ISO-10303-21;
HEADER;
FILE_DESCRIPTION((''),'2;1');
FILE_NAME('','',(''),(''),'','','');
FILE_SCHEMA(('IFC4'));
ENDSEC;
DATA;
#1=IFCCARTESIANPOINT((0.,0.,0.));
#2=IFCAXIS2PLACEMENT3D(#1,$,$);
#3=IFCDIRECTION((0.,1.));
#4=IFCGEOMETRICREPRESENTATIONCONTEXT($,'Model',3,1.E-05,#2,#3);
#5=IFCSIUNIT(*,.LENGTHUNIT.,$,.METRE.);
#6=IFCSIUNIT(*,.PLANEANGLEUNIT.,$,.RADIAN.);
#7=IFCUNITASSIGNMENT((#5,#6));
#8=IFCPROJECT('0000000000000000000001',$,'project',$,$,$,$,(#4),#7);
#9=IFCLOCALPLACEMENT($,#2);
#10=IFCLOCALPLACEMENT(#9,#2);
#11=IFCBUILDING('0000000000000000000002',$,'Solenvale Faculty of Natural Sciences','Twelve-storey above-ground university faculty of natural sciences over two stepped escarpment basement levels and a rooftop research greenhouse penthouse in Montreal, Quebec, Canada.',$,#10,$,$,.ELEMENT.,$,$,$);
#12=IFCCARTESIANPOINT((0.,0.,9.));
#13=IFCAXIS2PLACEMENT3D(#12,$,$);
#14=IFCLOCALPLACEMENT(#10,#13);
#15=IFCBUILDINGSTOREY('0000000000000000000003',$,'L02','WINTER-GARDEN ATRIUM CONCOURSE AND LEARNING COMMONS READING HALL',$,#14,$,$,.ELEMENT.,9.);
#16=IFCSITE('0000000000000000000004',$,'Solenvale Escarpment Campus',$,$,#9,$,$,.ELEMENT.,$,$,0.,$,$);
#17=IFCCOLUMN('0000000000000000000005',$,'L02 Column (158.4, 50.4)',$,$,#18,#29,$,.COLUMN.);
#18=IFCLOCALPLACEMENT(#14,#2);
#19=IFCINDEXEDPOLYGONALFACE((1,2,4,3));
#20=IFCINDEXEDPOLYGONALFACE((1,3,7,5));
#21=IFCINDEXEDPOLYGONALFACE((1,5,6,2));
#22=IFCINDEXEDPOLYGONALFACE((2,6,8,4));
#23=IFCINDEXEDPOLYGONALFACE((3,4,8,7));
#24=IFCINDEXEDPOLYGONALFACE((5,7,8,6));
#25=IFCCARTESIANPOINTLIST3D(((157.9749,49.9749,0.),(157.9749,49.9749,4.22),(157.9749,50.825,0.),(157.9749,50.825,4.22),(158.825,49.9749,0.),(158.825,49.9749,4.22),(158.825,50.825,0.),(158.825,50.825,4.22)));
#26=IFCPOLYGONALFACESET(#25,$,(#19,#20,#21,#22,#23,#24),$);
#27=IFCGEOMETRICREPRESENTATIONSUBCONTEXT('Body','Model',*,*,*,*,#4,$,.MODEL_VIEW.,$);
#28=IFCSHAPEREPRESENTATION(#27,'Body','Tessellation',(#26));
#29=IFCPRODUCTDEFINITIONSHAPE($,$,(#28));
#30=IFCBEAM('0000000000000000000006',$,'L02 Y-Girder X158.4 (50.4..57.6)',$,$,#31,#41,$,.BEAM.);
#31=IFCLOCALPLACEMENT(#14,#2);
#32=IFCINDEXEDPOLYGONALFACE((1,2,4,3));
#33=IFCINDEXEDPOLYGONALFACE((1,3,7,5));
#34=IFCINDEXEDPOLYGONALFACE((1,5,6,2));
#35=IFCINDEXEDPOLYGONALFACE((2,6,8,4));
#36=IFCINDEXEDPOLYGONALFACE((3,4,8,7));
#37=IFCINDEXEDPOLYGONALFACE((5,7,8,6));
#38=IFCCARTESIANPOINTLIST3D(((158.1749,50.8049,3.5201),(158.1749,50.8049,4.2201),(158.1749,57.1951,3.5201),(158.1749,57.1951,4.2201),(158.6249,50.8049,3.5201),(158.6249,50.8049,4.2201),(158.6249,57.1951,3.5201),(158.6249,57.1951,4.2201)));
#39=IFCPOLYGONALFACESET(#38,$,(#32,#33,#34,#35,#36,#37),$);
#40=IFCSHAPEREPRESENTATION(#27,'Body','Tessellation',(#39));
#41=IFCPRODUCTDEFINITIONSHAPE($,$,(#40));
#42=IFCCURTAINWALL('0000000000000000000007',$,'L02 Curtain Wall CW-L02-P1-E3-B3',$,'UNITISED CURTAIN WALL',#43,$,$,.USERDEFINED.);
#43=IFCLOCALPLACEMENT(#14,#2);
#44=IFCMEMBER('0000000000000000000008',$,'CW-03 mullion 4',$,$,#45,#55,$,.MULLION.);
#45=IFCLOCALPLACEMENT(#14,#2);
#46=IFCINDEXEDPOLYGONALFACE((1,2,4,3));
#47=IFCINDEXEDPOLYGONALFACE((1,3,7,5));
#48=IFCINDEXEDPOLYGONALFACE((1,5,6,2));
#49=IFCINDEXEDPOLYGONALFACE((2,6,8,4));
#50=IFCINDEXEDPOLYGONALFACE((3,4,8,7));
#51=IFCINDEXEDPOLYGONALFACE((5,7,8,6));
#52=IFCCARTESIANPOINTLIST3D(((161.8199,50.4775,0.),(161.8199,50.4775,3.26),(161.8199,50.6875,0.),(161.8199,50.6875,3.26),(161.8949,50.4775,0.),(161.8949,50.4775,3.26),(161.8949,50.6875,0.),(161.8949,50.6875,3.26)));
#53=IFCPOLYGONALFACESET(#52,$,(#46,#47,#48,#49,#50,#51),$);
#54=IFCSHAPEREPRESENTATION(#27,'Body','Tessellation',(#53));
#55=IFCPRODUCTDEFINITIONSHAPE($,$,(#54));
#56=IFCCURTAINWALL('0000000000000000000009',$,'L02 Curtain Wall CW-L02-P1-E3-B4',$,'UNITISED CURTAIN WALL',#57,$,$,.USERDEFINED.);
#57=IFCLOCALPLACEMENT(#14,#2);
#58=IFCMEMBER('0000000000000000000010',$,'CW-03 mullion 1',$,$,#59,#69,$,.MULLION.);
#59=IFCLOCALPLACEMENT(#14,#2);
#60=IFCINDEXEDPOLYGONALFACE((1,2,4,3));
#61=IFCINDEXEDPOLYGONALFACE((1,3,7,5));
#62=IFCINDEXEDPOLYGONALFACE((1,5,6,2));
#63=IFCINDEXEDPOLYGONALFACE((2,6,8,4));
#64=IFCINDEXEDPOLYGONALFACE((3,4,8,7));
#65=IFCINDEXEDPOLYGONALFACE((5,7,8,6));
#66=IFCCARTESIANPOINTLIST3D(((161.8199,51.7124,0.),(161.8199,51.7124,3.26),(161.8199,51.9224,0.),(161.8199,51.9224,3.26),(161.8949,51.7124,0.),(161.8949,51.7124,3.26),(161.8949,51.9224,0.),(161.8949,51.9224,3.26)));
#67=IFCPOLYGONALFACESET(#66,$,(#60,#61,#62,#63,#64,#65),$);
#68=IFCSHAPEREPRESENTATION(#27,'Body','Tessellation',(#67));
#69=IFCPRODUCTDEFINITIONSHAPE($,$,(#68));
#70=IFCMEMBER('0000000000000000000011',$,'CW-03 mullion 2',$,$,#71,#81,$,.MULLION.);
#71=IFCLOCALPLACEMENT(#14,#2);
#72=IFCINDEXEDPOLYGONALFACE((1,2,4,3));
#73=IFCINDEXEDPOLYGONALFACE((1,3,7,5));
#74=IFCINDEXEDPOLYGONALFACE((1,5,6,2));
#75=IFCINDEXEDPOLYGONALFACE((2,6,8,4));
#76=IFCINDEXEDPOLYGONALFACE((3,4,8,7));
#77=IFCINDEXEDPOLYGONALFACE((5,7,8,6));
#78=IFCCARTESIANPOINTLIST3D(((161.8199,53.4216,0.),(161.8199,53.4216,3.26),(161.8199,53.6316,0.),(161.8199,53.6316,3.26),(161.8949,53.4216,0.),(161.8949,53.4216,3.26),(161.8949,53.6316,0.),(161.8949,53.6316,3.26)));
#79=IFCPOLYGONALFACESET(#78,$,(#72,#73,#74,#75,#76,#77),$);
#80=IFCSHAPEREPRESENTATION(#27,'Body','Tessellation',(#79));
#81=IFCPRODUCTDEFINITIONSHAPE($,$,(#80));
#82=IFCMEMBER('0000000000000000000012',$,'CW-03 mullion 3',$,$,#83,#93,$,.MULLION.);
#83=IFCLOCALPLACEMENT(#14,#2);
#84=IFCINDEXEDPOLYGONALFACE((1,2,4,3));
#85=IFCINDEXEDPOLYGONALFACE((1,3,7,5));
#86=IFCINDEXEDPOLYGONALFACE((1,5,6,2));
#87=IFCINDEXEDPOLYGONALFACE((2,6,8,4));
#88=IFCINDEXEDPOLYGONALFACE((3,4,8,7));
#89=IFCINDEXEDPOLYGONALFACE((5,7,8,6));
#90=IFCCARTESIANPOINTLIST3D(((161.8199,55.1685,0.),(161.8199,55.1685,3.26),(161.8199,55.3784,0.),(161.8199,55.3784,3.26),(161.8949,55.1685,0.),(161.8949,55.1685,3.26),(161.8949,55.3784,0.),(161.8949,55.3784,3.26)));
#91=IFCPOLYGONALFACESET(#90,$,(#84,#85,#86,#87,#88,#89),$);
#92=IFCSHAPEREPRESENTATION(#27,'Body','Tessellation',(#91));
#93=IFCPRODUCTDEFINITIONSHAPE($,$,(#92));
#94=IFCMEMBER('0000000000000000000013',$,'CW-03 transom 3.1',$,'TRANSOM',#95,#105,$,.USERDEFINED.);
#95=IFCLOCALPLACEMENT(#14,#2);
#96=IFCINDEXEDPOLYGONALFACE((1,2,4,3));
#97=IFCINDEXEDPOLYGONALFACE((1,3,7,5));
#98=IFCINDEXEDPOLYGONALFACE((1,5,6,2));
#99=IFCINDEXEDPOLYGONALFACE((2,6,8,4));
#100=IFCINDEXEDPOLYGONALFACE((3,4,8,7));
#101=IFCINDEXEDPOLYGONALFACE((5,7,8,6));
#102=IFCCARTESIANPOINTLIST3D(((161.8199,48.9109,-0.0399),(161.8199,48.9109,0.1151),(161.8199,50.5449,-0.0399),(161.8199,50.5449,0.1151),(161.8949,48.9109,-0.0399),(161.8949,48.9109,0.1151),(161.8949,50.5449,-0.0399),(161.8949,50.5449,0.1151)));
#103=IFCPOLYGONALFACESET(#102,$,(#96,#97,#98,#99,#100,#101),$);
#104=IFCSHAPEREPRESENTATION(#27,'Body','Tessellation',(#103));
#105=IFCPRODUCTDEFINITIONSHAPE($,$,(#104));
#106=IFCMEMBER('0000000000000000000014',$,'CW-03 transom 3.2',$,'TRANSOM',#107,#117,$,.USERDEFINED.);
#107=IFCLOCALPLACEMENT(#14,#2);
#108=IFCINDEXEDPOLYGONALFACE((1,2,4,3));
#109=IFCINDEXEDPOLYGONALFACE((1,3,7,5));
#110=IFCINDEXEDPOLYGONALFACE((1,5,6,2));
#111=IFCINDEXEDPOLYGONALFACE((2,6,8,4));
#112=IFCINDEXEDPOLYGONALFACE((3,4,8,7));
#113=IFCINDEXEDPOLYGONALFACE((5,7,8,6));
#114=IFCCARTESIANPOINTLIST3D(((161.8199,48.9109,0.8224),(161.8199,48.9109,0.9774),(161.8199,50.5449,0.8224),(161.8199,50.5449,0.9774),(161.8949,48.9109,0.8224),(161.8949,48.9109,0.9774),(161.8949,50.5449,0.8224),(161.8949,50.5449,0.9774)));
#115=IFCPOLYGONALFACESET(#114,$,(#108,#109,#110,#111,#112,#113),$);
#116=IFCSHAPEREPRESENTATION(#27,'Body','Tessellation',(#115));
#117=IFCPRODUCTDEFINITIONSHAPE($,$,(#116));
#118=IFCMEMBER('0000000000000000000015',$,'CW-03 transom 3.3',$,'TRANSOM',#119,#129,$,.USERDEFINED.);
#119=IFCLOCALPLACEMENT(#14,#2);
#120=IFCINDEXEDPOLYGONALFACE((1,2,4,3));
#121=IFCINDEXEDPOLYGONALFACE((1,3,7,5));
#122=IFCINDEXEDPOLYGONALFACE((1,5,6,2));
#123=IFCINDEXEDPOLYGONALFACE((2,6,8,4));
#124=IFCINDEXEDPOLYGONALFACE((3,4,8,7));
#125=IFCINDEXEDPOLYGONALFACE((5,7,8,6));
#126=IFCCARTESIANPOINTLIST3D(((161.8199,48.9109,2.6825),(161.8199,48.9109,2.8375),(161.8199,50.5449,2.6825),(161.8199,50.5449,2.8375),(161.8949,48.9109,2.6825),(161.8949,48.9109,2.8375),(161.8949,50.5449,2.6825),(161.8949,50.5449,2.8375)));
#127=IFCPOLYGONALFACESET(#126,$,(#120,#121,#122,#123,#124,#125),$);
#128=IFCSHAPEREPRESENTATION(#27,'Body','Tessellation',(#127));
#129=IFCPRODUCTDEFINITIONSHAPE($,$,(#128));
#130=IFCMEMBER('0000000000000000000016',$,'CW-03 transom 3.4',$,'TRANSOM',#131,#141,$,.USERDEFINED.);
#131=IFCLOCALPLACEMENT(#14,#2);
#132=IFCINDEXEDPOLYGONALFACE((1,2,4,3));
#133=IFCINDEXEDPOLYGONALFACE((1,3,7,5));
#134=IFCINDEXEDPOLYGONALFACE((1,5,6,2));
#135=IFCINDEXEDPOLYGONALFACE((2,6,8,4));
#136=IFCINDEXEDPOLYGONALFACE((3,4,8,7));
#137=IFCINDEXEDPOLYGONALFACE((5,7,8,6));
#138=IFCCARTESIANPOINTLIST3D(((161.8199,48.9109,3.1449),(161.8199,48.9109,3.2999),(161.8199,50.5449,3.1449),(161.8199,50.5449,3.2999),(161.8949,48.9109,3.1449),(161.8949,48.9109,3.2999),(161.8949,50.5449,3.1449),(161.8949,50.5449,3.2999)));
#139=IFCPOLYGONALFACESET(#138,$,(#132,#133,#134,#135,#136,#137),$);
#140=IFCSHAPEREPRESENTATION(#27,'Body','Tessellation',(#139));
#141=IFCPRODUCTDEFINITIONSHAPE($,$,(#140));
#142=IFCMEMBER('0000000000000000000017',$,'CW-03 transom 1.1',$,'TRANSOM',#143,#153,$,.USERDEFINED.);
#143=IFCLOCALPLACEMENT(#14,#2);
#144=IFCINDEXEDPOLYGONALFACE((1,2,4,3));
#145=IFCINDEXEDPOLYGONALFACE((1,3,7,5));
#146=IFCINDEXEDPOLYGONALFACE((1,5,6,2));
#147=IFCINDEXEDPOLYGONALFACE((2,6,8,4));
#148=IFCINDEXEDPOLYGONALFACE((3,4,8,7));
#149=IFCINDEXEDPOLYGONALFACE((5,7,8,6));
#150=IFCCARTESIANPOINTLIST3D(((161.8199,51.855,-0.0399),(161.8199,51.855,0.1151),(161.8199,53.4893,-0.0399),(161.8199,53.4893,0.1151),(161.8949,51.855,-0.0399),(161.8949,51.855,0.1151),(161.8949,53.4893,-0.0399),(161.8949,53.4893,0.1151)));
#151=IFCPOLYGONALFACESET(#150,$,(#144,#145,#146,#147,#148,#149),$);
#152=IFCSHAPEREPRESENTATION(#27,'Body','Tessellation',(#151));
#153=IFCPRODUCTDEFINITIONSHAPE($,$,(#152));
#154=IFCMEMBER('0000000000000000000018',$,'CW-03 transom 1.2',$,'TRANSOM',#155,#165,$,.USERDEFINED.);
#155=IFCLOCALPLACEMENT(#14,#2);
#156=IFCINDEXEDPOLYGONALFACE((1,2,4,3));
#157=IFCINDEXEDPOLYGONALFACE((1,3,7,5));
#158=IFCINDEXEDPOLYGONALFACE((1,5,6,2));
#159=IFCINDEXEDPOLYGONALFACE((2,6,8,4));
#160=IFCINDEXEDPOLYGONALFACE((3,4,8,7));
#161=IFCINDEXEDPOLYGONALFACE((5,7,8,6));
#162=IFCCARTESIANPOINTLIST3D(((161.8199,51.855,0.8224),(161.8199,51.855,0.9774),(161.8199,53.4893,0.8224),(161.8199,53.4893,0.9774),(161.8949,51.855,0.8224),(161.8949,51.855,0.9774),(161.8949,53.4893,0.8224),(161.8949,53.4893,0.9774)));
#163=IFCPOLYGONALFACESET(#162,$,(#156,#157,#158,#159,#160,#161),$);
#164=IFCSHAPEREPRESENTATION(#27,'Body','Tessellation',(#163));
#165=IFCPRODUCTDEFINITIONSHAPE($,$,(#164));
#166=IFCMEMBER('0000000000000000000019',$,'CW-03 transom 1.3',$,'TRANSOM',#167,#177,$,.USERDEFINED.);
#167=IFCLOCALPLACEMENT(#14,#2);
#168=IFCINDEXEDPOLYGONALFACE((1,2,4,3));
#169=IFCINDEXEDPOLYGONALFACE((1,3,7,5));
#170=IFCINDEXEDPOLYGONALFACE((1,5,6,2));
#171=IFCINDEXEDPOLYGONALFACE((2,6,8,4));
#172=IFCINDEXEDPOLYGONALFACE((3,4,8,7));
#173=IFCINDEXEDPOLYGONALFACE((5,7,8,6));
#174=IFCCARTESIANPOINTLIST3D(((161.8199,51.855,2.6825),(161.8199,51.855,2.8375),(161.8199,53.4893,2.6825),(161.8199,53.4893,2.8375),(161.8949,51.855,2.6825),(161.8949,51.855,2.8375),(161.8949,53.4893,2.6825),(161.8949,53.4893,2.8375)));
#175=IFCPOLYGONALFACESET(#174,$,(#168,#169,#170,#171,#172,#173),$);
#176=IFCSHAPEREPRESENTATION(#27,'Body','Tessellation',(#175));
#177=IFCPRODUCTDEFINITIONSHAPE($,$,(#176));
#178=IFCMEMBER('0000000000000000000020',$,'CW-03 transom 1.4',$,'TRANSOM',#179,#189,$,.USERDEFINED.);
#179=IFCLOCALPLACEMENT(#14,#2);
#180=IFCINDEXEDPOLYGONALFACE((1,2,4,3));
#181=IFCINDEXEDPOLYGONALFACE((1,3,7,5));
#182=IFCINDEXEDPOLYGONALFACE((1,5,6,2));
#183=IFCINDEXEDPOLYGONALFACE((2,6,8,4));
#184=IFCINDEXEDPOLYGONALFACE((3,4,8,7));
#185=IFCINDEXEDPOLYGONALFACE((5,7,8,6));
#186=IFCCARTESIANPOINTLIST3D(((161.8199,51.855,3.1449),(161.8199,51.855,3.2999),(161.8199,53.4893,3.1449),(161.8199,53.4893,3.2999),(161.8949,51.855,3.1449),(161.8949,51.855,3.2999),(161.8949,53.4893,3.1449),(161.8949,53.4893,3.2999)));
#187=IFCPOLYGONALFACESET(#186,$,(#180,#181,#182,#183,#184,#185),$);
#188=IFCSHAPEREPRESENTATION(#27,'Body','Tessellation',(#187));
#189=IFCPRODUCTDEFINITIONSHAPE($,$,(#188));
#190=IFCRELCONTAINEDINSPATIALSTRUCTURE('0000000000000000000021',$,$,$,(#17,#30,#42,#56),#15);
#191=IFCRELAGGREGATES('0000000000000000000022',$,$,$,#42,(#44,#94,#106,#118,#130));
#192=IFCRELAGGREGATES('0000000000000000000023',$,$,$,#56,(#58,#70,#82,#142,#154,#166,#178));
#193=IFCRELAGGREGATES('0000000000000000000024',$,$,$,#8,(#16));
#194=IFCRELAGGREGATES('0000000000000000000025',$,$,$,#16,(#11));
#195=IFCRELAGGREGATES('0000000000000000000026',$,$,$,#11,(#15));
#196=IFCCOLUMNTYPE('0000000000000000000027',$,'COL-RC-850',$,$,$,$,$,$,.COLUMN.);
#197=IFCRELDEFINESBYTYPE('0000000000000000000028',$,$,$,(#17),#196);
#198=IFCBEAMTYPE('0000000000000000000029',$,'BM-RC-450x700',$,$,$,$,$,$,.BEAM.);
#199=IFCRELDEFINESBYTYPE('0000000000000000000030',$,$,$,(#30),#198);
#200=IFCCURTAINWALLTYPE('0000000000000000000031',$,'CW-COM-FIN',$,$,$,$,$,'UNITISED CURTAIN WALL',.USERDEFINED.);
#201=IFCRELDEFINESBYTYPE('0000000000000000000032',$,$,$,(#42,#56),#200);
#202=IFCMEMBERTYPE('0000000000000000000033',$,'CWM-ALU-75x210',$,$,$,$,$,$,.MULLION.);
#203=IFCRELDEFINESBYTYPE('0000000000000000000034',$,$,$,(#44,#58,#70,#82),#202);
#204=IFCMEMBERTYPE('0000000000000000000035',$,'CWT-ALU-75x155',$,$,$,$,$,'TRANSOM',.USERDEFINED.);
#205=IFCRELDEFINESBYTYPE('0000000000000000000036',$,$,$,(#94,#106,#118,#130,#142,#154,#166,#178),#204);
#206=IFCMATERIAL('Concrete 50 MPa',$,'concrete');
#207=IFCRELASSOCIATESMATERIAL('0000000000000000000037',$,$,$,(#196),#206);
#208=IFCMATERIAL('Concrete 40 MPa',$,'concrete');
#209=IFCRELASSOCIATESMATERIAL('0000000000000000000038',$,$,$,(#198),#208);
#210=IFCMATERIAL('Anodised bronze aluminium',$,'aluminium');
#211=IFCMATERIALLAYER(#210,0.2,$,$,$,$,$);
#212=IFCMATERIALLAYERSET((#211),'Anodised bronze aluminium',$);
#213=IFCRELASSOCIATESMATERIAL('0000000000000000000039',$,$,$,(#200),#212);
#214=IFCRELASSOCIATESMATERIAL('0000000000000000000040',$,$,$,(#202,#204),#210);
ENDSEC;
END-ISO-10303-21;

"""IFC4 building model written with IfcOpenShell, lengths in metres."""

from ifc_helpers import new_model, si_unit, direction, frame, origin, origin_2d, place, context, subcontext, project, spatial, rectangle, extrude, material, layer, layer_set, material_profile, profile_set, type_object, element, aggregate, save


model = new_model("IFC4")

# Units and contexts
model_context = context("Model", 3, precision=1e-05, world=origin(), true_north=direction((0.0, 1.0)))
body_context = subcontext(model_context, "Body", "Model", "MODEL_VIEW")
ifc_project = project(units=[si_unit("LENGTHUNIT", "METRE"), si_unit("PLANEANGLEUNIT", "RADIAN")], contexts=[model_context])

# Site, building, storey
site_placement = place(None, origin())
site = spatial("IfcSite", under=ifc_project, at=site_placement, Name="Solenvale Escarpment Campus", CompositionType="ELEMENT", RefElevation=0.0)
building_placement = place(site_placement, origin())
building = spatial("IfcBuilding", under=site, at=building_placement, Name="Solenvale Faculty of Natural Sciences", Description="Twelve-storey above-ground university faculty of natural sciences over two stepped escarpment basement levels and a rooftop research greenhouse penthouse in Montreal, Quebec, Canada.", CompositionType="ELEMENT")
storey_placement = place(building_placement, frame((0.0, 0.0, 9.0)))
storey = spatial("IfcBuildingStorey", under=building, at=storey_placement, Name="L02", Description="WINTER-GARDEN ATRIUM CONCOURSE AND LEARNING COMMONS READING HALL", CompositionType="ELEMENT", Elevation=9.0)

# Column
ifc_material_1 = material(Name="Concrete 50 MPa", Category="concrete")
ifc_material_profile_1 = material_profile(ifc_material_1, rectangle(XDim=0.8501, YDim=0.8501, at=origin_2d()), Name="RC-COL-850x850")
ifc_profile_set_1 = profile_set([ifc_material_profile_1], Name="Concrete 50 MPa")
column_type = type_object("IfcColumnType", Name="COL-RC-850", PredefinedType="COLUMN", material=ifc_profile_set_1)
column_placement = place(storey_placement, frame((158.3999, 50.3999, 0.0), z_axis=(0.0, 0.0, 1.0), x_axis=(1.0, 0.0, 0.0)))
element("IfcColumn", 1, at=column_placement, inside=storey, type_object=column_type, Name="L02 Column (158.4, 50.4)", PredefinedType="COLUMN", context=body_context, shape_type="SweptSolid", body=[
    extrude(rectangle(XDim=0.8501, YDim=0.8501, at=origin_2d()), origin(), (0.0, 0.0, 1.0), 4.22),
])

# Beam
ifc_material_2 = material(Name="Concrete 40 MPa", Category="concrete")
ifc_material_profile_2 = material_profile(ifc_material_2, rectangle(XDim=0.45, YDim=0.7, at=origin_2d()), Name="RC-BM-450x700")
ifc_profile_set_2 = profile_set([ifc_material_profile_2], Name="Concrete 40 MPa")
beam_type = type_object("IfcBeamType", Name="BM-RC-450x700", PredefinedType="BEAM", material=ifc_profile_set_2)
beam_placement = place(storey_placement, frame((158.3999, 50.8049, 3.8701), z_axis=(0.0, 1.0, 0.0), x_axis=(-1.0, 0.0, 0.0)))
element("IfcBeam", 2, at=beam_placement, inside=storey, type_object=beam_type, Name="L02 Y-Girder X158.4 (50.4..57.6)", PredefinedType="BEAM", context=body_context, shape_type="SweptSolid", body=[
    extrude(rectangle(XDim=0.45, YDim=0.7, at=origin_2d()), origin(), (0.0, 0.0, 1.0), 6.3901),
])

# Curtain wall, member
ifc_material_3 = material(Name="Anodised bronze aluminium", Category="aluminium")
ifc_layer_1 = layer(ifc_material_3, 0.2)
ifc_layer_set_1 = layer_set([ifc_layer_1], Name="Anodised bronze aluminium")
curtain_wall_type = type_object("IfcCurtainWallType", Name="CW-COM-FIN", ElementType="UNITISED CURTAIN WALL", PredefinedType="USERDEFINED", material=ifc_layer_set_1)
curtain_wall_1_placement = place(storey_placement, origin())
curtain_wall_1 = element("IfcCurtainWall", 3, at=curtain_wall_1_placement, inside=storey, type_object=curtain_wall_type, Name="L02 Curtain Wall CW-L02-P1-E3-B3", ObjectType="UNITISED CURTAIN WALL", PredefinedType="USERDEFINED")
ifc_material_profile_3 = material_profile(ifc_material_3, rectangle(XDim=0.075, YDim=0.21, at=origin_2d()), Name="ALU-MUL-75x210")
ifc_profile_set_3 = profile_set([ifc_material_profile_3], Name="Anodised bronze aluminium")
member_type_1 = type_object("IfcMemberType", Name="CWM-ALU-75x210", PredefinedType="MULLION", material=ifc_profile_set_3)
member_1_placement = place(storey_placement, frame((161.8574, 50.5825, 0.0), z_axis=(0.0, 0.0, 1.0), x_axis=(-1.0, 0.0, 0.0)))
member_1 = element("IfcMember", 4, at=member_1_placement, type_object=member_type_1, Name="CW-03 mullion 4", PredefinedType="MULLION", context=body_context, shape_type="SweptSolid", body=[
    extrude(rectangle(XDim=0.075, YDim=0.21, at=origin_2d()), origin(), (0.0, 0.0, 1.0), 3.26),
])

# Curtain wall, members
curtain_wall_2_placement = place(storey_placement, origin())
curtain_wall_2 = element("IfcCurtainWall", 5, at=curtain_wall_2_placement, inside=storey, type_object=curtain_wall_type, Name="L02 Curtain Wall CW-L02-P1-E3-B4", ObjectType="UNITISED CURTAIN WALL", PredefinedType="USERDEFINED")
member_2_placement = place(storey_placement, frame((161.8574, 51.8174, 0.0), z_axis=(0.0, 0.0, 1.0), x_axis=(-1.0, 0.0, 0.0)))
member_2 = element("IfcMember", 6, at=member_2_placement, type_object=member_type_1, Name="CW-03 mullion 1", PredefinedType="MULLION", context=body_context, shape_type="SweptSolid", body=[
    extrude(rectangle(XDim=0.075, YDim=0.21, at=origin_2d()), origin(), (0.0, 0.0, 1.0), 3.26),
])
member_3_placement = place(storey_placement, frame((161.8574, 53.5266, 0.0), z_axis=(0.0, 0.0, 1.0), x_axis=(-1.0, 0.0, 0.0)))
member_3 = element("IfcMember", 7, at=member_3_placement, type_object=member_type_1, Name="CW-03 mullion 2", PredefinedType="MULLION", context=body_context, shape_type="SweptSolid", body=[
    extrude(rectangle(XDim=0.075, YDim=0.21, at=origin_2d()), origin(), (0.0, 0.0, 1.0), 3.26),
])
member_4_placement = place(storey_placement, frame((161.8574, 55.2734, 0.0), z_axis=(0.0, 0.0, 1.0), x_axis=(-1.0, 0.0, 0.0)))
member_4 = element("IfcMember", 8, at=member_4_placement, type_object=member_type_1, Name="CW-03 mullion 3", PredefinedType="MULLION", context=body_context, shape_type="SweptSolid", body=[
    extrude(rectangle(XDim=0.075, YDim=0.21, at=origin_2d()), origin(), (0.0, 0.0, 1.0), 3.26),
])

# Members
ifc_material_profile_4 = material_profile(ifc_material_3, rectangle(XDim=0.075, YDim=0.155, at=origin_2d()), Name="ALU-TRN-75x155")
ifc_profile_set_4 = profile_set([ifc_material_profile_4], Name="Anodised bronze aluminium")
member_type_2 = type_object("IfcMemberType", Name="CWT-ALU-75x155", ElementType="TRANSOM", PredefinedType="USERDEFINED", material=ifc_profile_set_4)
member_5_placement = place(storey_placement, frame((161.8574, 48.9109, 0.0376), z_axis=(0.0, 1.0, 0.0), x_axis=(-1.0, 0.0, 0.0)))
member_5 = element("IfcMember", 9, at=member_5_placement, type_object=member_type_2, Name="CW-03 transom 3.1", ObjectType="TRANSOM", PredefinedType="USERDEFINED", context=body_context, shape_type="SweptSolid", body=[
    extrude(rectangle(XDim=0.075, YDim=0.155, at=origin_2d()), origin(), (0.0, 0.0, 1.0), 1.634),
])
member_6_placement = place(storey_placement, frame((161.8574, 48.9109, 0.8999), z_axis=(0.0, 1.0, 0.0), x_axis=(-1.0, 0.0, 0.0)))
member_6 = element("IfcMember", 10, at=member_6_placement, type_object=member_type_2, Name="CW-03 transom 3.2", ObjectType="TRANSOM", PredefinedType="USERDEFINED", context=body_context, shape_type="SweptSolid", body=[
    extrude(rectangle(XDim=0.075, YDim=0.155, at=origin_2d()), origin(), (0.0, 0.0, 1.0), 1.634),
])
member_7_placement = place(storey_placement, frame((161.8574, 48.9109, 2.76), z_axis=(0.0, 1.0, 0.0), x_axis=(-1.0, 0.0, 0.0)))
member_7 = element("IfcMember", 11, at=member_7_placement, type_object=member_type_2, Name="CW-03 transom 3.3", ObjectType="TRANSOM", PredefinedType="USERDEFINED", context=body_context, shape_type="SweptSolid", body=[
    extrude(rectangle(XDim=0.075, YDim=0.155, at=origin_2d()), origin(), (0.0, 0.0, 1.0), 1.634),
])
member_8_placement = place(storey_placement, frame((161.8574, 48.9109, 3.2224), z_axis=(0.0, 1.0, 0.0), x_axis=(-1.0, 0.0, 0.0)))
member_8 = element("IfcMember", 12, at=member_8_placement, type_object=member_type_2, Name="CW-03 transom 3.4", ObjectType="TRANSOM", PredefinedType="USERDEFINED", context=body_context, shape_type="SweptSolid", body=[
    extrude(rectangle(XDim=0.075, YDim=0.155, at=origin_2d()), origin(), (0.0, 0.0, 1.0), 1.634),
])
member_9_placement = place(storey_placement, frame((161.8574, 51.855, 0.0376), z_axis=(0.0, 1.0, 0.0), x_axis=(-1.0, 0.0, 0.0)))
member_9 = element("IfcMember", 13, at=member_9_placement, type_object=member_type_2, Name="CW-03 transom 1.1", ObjectType="TRANSOM", PredefinedType="USERDEFINED", context=body_context, shape_type="SweptSolid", body=[
    extrude(rectangle(XDim=0.075, YDim=0.155, at=origin_2d()), origin(), (0.0, 0.0, 1.0), 1.6343),
])
member_10_placement = place(storey_placement, frame((161.8574, 51.855, 0.8999), z_axis=(0.0, 1.0, 0.0), x_axis=(-1.0, 0.0, 0.0)))
member_10 = element("IfcMember", 14, at=member_10_placement, type_object=member_type_2, Name="CW-03 transom 1.2", ObjectType="TRANSOM", PredefinedType="USERDEFINED", context=body_context, shape_type="SweptSolid", body=[
    extrude(rectangle(XDim=0.075, YDim=0.155, at=origin_2d()), origin(), (0.0, 0.0, 1.0), 1.6343),
])
member_11_placement = place(storey_placement, frame((161.8574, 51.855, 2.76), z_axis=(0.0, 1.0, 0.0), x_axis=(-1.0, 0.0, 0.0)))
member_11 = element("IfcMember", 15, at=member_11_placement, type_object=member_type_2, Name="CW-03 transom 1.3", ObjectType="TRANSOM", PredefinedType="USERDEFINED", context=body_context, shape_type="SweptSolid", body=[
    extrude(rectangle(XDim=0.075, YDim=0.155, at=origin_2d()), origin(), (0.0, 0.0, 1.0), 1.6343),
])
member_12_placement = place(storey_placement, frame((161.8574, 51.855, 3.2224), z_axis=(0.0, 1.0, 0.0), x_axis=(-1.0, 0.0, 0.0)))
member_12 = element("IfcMember", 16, at=member_12_placement, type_object=member_type_2, Name="CW-03 transom 1.4", ObjectType="TRANSOM", PredefinedType="USERDEFINED", context=body_context, shape_type="SweptSolid", body=[
    extrude(rectangle(XDim=0.075, YDim=0.155, at=origin_2d()), origin(), (0.0, 0.0, 1.0), 1.6343),
])

aggregate(curtain_wall_1, [member_1, member_5, member_6, member_7, member_8])
aggregate(curtain_wall_2, [member_2, member_3, member_4, member_9, member_10, member_11, member_12])

save(model, "model.ifc")
